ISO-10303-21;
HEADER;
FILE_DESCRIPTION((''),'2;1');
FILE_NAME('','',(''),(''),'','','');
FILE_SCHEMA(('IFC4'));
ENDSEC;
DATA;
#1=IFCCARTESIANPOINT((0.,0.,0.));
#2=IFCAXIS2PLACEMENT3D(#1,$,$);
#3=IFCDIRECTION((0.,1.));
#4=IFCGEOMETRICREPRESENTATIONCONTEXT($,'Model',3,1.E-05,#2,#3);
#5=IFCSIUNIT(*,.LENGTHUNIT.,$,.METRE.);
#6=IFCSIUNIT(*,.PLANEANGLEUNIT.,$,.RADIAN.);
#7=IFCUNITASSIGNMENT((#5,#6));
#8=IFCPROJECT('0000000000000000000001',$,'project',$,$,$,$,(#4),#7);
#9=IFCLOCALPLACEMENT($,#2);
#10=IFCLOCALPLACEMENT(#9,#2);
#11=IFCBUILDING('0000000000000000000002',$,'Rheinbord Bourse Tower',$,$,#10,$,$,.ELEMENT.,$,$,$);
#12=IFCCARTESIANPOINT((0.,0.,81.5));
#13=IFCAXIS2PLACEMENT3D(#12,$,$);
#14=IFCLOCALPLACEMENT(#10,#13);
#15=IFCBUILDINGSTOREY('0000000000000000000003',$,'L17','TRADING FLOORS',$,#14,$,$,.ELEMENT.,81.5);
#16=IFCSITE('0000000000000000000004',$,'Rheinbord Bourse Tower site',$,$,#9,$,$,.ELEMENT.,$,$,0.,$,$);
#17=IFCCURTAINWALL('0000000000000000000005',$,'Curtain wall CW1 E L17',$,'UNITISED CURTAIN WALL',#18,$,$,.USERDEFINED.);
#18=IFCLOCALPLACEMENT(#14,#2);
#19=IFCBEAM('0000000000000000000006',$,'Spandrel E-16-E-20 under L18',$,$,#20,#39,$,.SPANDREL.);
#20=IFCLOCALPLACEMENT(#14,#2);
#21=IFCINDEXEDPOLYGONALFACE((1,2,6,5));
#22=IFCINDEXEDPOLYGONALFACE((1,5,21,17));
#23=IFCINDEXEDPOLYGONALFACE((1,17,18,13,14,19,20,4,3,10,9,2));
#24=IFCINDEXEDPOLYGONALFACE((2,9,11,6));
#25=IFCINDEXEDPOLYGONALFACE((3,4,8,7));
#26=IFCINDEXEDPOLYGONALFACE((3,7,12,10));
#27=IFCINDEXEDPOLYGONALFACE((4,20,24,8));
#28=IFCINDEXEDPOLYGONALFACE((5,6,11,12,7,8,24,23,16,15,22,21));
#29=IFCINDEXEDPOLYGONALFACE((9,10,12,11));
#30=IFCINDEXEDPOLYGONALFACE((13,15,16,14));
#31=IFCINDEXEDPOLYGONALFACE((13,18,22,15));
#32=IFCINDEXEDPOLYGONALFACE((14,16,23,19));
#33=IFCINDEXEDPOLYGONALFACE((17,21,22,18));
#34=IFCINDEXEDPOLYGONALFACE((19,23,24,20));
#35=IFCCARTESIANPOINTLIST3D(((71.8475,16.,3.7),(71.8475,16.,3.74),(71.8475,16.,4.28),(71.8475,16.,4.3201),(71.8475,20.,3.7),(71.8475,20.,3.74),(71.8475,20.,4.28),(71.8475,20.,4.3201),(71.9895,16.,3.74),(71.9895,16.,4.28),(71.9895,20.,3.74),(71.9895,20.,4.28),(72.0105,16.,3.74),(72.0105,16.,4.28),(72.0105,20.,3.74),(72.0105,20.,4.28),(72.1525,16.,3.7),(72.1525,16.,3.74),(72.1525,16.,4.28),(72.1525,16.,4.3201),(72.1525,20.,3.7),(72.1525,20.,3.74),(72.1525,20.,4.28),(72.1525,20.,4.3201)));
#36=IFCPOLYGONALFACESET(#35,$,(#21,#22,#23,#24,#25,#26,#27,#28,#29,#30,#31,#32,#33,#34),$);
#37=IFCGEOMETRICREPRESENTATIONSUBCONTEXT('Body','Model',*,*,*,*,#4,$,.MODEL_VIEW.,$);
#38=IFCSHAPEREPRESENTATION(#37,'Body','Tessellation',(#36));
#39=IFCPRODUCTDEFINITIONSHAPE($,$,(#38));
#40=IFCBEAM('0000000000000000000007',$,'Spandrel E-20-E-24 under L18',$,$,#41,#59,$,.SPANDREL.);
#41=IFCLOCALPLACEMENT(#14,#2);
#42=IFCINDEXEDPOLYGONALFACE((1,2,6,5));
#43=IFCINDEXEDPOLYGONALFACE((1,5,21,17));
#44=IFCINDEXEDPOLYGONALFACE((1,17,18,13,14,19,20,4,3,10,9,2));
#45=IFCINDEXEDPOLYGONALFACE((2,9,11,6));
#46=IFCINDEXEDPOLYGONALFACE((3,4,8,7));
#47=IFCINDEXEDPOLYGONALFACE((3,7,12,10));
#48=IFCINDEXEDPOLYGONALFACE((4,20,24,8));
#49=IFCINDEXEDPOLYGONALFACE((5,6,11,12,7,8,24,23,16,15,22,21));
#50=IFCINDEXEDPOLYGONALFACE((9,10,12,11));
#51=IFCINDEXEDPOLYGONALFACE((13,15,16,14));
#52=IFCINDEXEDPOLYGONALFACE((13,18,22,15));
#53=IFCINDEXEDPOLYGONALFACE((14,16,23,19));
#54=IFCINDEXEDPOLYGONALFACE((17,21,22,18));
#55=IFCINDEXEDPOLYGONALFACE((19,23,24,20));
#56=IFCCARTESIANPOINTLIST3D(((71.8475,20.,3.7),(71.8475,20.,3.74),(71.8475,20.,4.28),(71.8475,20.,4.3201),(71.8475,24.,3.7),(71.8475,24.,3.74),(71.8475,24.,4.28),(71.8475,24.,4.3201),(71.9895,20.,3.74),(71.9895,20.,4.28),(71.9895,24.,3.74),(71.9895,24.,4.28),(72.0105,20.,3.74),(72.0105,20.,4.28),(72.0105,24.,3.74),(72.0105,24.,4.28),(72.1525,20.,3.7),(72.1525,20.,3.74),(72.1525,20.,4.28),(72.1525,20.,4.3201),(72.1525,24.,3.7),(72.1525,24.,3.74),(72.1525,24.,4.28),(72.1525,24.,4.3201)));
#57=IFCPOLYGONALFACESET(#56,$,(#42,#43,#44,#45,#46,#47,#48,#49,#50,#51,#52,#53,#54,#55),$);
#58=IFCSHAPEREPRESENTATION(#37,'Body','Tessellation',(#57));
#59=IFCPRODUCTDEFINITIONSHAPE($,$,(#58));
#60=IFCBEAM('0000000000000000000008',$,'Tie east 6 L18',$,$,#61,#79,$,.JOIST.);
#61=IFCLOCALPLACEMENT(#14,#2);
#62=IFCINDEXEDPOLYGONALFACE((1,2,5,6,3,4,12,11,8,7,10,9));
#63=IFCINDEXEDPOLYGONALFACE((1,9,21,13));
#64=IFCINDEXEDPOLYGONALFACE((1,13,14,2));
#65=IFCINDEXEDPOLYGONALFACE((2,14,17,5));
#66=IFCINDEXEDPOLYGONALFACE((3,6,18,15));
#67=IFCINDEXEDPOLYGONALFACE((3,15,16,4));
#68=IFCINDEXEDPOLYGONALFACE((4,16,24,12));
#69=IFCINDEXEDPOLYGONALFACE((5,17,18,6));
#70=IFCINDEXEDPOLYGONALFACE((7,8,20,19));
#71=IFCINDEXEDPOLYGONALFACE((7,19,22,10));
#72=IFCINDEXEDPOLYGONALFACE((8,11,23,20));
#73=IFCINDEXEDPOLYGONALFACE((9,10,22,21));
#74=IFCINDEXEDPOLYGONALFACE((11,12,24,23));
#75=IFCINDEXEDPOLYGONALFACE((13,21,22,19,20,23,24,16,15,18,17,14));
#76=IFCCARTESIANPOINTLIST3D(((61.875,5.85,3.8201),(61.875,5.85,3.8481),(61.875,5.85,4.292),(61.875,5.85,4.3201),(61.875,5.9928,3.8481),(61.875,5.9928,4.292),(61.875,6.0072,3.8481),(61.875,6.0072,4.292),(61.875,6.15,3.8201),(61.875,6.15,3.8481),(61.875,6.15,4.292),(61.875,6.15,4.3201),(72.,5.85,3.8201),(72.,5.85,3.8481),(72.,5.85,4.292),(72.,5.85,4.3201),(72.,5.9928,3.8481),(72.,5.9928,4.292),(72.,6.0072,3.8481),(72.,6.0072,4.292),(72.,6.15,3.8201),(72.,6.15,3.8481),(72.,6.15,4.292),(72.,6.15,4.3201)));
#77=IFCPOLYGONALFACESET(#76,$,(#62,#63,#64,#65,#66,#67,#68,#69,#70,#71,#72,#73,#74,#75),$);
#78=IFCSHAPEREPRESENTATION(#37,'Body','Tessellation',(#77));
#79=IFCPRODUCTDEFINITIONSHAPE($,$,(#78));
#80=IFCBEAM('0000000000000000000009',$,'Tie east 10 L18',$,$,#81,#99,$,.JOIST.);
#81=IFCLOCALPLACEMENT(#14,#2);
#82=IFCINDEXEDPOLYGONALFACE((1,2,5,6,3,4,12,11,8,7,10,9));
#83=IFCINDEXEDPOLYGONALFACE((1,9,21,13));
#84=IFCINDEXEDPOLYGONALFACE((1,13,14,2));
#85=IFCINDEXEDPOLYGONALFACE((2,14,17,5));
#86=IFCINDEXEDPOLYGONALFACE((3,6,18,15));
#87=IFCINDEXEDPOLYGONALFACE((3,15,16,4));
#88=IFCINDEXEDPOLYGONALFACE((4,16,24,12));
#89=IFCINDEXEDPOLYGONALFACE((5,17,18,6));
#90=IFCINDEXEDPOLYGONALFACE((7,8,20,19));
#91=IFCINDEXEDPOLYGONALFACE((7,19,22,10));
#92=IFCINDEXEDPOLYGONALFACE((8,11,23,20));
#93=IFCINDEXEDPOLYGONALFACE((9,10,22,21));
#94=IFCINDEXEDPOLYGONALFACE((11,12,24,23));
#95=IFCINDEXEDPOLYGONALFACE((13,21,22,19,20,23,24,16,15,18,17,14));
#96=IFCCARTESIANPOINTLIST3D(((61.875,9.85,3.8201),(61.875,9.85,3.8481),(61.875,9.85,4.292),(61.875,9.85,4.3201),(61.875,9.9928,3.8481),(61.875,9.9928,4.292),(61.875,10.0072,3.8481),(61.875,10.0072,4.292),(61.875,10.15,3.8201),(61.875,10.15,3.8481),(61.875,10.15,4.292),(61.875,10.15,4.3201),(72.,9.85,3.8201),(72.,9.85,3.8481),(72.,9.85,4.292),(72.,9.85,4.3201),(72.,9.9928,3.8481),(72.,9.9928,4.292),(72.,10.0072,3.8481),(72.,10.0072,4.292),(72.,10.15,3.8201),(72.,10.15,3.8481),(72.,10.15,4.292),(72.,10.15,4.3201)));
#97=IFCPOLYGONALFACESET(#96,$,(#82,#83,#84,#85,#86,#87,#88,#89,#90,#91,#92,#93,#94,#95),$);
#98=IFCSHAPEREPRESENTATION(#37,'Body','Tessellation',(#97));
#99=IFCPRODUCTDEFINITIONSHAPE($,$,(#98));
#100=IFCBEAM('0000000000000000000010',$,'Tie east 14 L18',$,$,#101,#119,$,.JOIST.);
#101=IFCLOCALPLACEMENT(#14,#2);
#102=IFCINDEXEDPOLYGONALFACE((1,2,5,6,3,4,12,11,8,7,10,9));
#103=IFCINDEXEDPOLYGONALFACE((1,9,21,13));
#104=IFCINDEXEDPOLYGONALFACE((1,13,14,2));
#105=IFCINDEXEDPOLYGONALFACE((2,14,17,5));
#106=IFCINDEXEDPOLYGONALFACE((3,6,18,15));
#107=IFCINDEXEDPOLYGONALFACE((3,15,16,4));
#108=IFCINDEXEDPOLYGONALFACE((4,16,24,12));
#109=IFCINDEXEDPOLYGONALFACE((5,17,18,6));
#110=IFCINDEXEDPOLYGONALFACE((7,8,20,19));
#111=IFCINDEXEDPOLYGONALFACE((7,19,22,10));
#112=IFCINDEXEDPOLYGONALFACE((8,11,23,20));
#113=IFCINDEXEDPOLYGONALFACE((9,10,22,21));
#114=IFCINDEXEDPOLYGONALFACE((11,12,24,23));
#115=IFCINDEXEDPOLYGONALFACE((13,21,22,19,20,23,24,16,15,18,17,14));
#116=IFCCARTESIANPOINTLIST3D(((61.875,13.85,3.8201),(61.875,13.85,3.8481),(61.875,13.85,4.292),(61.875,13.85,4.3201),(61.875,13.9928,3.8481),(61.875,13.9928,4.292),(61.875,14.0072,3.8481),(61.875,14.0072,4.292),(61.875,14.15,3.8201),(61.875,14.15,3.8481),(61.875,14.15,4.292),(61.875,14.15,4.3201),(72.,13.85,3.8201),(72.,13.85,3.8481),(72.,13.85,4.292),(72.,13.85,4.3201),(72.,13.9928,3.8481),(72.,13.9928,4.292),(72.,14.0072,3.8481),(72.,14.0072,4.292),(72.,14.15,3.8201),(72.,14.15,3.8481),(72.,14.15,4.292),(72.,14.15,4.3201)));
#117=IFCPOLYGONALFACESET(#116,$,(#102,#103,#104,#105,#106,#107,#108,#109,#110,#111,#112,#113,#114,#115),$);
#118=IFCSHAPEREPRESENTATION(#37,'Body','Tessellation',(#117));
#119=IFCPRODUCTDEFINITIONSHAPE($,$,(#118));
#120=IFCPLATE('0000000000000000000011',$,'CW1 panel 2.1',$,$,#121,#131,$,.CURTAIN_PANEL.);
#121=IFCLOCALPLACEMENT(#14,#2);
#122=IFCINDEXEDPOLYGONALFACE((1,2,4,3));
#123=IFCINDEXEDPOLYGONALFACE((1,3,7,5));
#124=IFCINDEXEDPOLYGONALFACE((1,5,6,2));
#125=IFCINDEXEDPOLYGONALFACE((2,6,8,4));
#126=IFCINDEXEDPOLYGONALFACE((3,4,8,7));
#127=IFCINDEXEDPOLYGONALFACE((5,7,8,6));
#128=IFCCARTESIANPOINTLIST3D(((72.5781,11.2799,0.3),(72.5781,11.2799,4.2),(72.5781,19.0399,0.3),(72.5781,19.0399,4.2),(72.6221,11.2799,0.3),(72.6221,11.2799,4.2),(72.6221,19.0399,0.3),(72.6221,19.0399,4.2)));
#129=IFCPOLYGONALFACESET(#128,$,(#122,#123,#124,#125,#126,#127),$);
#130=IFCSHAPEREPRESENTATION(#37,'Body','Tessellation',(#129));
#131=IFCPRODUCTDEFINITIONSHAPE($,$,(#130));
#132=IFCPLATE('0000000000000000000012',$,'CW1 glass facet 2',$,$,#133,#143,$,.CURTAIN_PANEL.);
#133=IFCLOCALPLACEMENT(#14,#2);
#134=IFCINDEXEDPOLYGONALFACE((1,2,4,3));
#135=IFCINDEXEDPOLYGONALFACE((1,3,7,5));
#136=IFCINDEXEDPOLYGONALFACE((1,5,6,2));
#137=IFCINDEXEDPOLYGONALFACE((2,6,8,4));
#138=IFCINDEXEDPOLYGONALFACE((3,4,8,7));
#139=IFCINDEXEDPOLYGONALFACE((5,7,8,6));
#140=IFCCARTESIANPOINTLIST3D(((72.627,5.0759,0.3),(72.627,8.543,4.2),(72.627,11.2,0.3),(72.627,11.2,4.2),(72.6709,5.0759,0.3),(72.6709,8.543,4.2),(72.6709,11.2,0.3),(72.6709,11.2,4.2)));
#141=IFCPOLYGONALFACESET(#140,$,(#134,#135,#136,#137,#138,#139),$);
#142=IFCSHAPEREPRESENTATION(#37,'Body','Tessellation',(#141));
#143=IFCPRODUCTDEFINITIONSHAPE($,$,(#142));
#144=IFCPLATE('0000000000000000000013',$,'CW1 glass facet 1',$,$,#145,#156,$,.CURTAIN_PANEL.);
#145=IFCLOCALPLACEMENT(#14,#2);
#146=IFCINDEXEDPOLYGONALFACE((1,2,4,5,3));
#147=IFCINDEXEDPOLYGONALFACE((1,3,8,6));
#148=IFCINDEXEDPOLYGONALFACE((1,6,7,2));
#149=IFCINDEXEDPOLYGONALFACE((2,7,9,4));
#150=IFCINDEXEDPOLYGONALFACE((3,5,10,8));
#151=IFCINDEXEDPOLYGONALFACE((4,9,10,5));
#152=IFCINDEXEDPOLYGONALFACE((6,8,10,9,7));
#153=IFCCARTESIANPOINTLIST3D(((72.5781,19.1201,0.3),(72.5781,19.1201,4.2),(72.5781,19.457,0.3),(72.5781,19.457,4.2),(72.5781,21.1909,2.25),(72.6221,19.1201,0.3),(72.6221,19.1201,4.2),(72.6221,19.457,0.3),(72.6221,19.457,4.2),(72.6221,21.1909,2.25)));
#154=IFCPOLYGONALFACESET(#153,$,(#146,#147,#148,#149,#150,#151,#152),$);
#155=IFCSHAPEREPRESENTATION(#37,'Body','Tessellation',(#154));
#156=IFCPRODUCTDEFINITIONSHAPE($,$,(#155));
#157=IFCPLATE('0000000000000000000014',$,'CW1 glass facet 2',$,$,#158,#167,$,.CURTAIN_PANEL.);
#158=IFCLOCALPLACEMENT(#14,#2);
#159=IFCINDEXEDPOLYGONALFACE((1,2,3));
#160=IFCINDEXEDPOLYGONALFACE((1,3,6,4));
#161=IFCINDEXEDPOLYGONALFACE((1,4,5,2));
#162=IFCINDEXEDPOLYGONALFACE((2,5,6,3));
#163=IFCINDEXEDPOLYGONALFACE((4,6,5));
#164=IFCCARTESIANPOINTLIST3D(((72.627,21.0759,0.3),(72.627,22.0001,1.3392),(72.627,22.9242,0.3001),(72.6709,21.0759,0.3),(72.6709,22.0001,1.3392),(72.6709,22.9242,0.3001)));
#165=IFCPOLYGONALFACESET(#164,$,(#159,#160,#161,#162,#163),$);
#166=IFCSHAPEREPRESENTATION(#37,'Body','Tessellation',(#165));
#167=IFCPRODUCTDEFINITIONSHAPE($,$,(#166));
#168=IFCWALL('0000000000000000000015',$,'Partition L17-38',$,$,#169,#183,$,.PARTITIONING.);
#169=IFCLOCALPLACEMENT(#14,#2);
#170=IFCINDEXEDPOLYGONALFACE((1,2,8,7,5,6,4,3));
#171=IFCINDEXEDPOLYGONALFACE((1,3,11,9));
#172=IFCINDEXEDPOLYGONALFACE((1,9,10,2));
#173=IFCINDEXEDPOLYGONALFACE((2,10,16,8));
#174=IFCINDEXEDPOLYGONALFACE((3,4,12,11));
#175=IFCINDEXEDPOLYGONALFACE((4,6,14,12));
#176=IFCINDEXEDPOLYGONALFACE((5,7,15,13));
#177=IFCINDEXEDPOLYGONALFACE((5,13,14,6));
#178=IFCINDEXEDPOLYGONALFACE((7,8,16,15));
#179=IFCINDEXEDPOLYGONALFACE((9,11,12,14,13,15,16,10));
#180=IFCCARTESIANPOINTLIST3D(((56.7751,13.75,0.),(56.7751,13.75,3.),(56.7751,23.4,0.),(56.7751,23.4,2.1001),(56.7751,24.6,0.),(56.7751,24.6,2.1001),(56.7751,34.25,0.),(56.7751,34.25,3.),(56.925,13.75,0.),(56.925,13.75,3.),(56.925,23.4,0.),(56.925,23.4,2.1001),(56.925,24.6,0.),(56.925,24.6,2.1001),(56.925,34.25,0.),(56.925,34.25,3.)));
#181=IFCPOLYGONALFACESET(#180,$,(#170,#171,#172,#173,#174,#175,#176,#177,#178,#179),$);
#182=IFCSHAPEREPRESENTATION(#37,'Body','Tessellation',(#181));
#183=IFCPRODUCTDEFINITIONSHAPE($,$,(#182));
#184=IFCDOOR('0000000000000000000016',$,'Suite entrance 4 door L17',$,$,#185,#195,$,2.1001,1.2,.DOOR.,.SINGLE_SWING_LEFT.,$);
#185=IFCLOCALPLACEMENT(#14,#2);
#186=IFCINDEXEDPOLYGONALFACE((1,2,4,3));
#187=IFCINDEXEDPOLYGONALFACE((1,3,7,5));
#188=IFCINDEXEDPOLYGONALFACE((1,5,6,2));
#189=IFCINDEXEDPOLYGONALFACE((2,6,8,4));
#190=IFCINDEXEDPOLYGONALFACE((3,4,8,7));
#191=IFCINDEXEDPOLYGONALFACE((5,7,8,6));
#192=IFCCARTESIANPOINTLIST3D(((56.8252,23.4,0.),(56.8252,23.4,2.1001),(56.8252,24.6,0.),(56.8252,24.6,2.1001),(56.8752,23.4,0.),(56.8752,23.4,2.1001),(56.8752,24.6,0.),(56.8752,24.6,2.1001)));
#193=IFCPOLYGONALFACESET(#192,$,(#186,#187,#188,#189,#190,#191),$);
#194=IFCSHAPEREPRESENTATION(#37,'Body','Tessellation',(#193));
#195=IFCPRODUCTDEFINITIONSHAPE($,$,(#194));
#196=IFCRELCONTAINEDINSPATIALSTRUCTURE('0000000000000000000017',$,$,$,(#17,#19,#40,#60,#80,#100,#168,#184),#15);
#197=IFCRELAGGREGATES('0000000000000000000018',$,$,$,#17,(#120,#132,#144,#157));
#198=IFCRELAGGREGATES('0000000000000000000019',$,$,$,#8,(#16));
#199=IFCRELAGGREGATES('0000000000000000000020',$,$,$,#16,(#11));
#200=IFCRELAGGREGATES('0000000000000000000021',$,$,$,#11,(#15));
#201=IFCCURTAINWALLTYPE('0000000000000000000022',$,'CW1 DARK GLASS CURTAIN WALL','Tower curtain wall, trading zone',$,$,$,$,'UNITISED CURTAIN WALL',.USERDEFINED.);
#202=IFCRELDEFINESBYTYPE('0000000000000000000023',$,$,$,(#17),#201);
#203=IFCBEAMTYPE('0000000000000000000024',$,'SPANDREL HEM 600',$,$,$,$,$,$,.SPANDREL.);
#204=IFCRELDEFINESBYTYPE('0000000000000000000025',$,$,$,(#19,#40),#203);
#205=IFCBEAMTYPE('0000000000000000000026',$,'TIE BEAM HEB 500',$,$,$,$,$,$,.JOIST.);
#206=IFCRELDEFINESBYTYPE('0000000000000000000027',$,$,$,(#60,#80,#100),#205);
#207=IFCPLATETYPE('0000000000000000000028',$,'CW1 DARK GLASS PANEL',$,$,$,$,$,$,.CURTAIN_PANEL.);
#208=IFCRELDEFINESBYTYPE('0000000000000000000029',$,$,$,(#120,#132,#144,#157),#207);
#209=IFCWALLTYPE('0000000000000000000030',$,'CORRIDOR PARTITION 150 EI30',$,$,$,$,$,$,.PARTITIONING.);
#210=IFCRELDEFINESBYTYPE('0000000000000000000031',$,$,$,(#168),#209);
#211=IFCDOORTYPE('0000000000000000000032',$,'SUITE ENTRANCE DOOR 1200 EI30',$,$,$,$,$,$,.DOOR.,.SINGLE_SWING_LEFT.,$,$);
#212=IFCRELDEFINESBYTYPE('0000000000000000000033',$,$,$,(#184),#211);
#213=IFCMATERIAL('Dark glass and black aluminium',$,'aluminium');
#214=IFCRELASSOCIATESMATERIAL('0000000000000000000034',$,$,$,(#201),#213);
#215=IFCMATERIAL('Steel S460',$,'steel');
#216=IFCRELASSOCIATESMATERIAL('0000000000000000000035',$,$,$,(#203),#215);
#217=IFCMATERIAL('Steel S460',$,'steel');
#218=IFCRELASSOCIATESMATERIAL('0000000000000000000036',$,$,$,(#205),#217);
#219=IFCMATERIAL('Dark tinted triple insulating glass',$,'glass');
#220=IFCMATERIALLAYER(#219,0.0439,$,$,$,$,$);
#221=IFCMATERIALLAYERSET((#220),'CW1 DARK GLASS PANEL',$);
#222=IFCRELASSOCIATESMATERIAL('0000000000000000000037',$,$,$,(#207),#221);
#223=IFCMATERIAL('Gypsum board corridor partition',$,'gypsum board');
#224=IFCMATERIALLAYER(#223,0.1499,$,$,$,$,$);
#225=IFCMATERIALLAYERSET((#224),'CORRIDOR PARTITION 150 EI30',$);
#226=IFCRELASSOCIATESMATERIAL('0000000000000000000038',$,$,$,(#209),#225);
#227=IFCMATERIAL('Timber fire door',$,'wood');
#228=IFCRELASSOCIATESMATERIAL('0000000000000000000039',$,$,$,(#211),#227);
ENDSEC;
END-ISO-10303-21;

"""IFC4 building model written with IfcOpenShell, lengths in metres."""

from ifc_helpers import new_model, si_unit, direction, frame, frame_2d, origin, origin_2d, place, context, subcontext, project, spatial, polyline, rectangle, i_section, outline, extrude, material, layer, layer_set, material_profile, profile_set, type_object, element, fill, aggregate, save


model = new_model("IFC4")

# Units and contexts
model_context = context("Model", 3, precision=1e-05, world=origin(), true_north=direction((0.0, 1.0)))
body_context = subcontext(model_context, "Body", "Model", "MODEL_VIEW")
ifc_project = project(units=[si_unit("LENGTHUNIT", "METRE"), si_unit("PLANEANGLEUNIT", "RADIAN")], contexts=[model_context])

# Site, building, storey
site_placement = place(None, origin())
site = spatial("IfcSite", under=ifc_project, at=site_placement, Name="Rheinbord Bourse Tower site", CompositionType="ELEMENT", RefElevation=0.0)
building_placement = place(site_placement, origin())
building = spatial("IfcBuilding", under=site, at=building_placement, Name="Rheinbord Bourse Tower", CompositionType="ELEMENT")
storey_placement = place(building_placement, frame((0.0, 0.0, 81.5)))
storey = spatial("IfcBuildingStorey", under=building, at=storey_placement, Name="L17", Description="TRADING FLOORS", CompositionType="ELEMENT", Elevation=81.5)

# Curtain wall
ifc_material_1 = material(Name="Dark glass and black aluminium", Category="aluminium")
curtain_wall_type = type_object("IfcCurtainWallType", Name="CW1 DARK GLASS CURTAIN WALL", Description="Tower curtain wall, trading zone", ElementType="UNITISED CURTAIN WALL", PredefinedType="USERDEFINED", material=ifc_material_1)
curtain_wall_placement = place(storey_placement, origin())
curtain_wall = element("IfcCurtainWall", 1, at=curtain_wall_placement, inside=storey, type_object=curtain_wall_type, Name="Curtain wall CW1 E L17", ObjectType="UNITISED CURTAIN WALL", PredefinedType="USERDEFINED")

# Beams
ifc_material_2 = material(Name="Steel S460", Category="steel")
ifc_material_profile_1 = material_profile(ifc_material_2, i_section(OverallWidth=0.3049, OverallDepth=0.6201, WebThickness=0.021, FlangeThickness=0.04, at=origin_2d()), Name="HEM 600")
ifc_profile_set_1 = profile_set([ifc_material_profile_1], Name="Steel S460")
beam_type_1 = type_object("IfcBeamType", Name="SPANDREL HEM 600", PredefinedType="SPANDREL", material=ifc_profile_set_1)
for number, where, z_axis, x_axis, name in (
    (2, (72.0, 16.0, 4.01), (0.0, 1.0, 0.0), (-1.0, 0.0, 0.0), "Spandrel E-16-E-20 under L18"),
    (3, (72.0, 20.0, 4.01), (0.0, 1.0, 0.0), (-1.0, 0.0, 0.0), "Spandrel E-20-E-24 under L18"),
):
    element("IfcBeam", number, at=place(storey_placement, frame(where, z_axis=z_axis, x_axis=x_axis)), inside=storey, type_object=beam_type_1, Name=name, PredefinedType="SPANDREL", context=body_context, shape_type="SweptSolid", body=[
        extrude(i_section(OverallWidth=0.3049, OverallDepth=0.6201, WebThickness=0.021, FlangeThickness=0.04, at=origin_2d()), origin(), (0.0, 0.0, 1.0), 4.0),
    ])
ifc_material_3 = material(Name="Steel S460", Category="steel")
ifc_material_profile_2 = material_profile(ifc_material_3, i_section(OverallWidth=0.3, OverallDepth=0.5, WebThickness=0.0144, FlangeThickness=0.0281, at=origin_2d()), Name="HEB 500")
ifc_profile_set_2 = profile_set([ifc_material_profile_2], Name="Steel S460")
beam_type_2 = type_object("IfcBeamType", Name="TIE BEAM HEB 500", PredefinedType="JOIST", material=ifc_profile_set_2)
for number, where, z_axis, x_axis, name in (
    (4, (61.875, 6.0, 4.0701), (1.0, 0.0, 0.0), (0.0, 1.0, 0.0), "Tie east 6 L18"),
    (5, (61.875, 10.0, 4.0701), (1.0, 0.0, 0.0), (0.0, 1.0, 0.0), "Tie east 10 L18"),
    (6, (61.875, 14.0, 4.0701), (1.0, 0.0, 0.0), (0.0, 1.0, 0.0), "Tie east 14 L18"),
):
    element("IfcBeam", number, at=place(storey_placement, frame(where, z_axis=z_axis, x_axis=x_axis)), inside=storey, type_object=beam_type_2, Name=name, PredefinedType="JOIST", context=body_context, shape_type="SweptSolid", body=[
        extrude(i_section(OverallWidth=0.3, OverallDepth=0.5, WebThickness=0.0144, FlangeThickness=0.0281, at=origin_2d()), origin(), (0.0, 0.0, 1.0), 10.125),
    ])

# Plates
ifc_material_4 = material(Name="Dark tinted triple insulating glass", Category="glass")
ifc_layer_1 = layer(ifc_material_4, 0.0439)
ifc_layer_set_1 = layer_set([ifc_layer_1], Name="CW1 DARK GLASS PANEL")
plate_type = type_object("IfcPlateType", Name="CW1 DARK GLASS PANEL", PredefinedType="CURTAIN_PANEL", material=ifc_layer_set_1)
plate_1_placement = place(storey_placement, frame((72.6001, 15.1599, 0.3), z_axis=(0.0, 0.0, 1.0), x_axis=(0.0, 1.0, 0.0)))
plate_1 = element("IfcPlate", 7, at=plate_1_placement, type_object=plate_type, Name="CW1 panel 2.1", PredefinedType="CURTAIN_PANEL", context=body_context, shape_type="SweptSolid", body=[
    extrude(rectangle(XDim=7.76, YDim=0.0439, at=origin_2d()), origin(), (0.0, 0.0, 1.0), 3.8999),
])
plate_2_placement = place(storey_placement, frame((72.6709, 11.2, 4.2), z_axis=(-1.0, 0.0, 0.0), x_axis=(0.0, 0.0, -1.0)))
plate_2 = element("IfcPlate", 8, at=plate_2_placement, type_object=plate_type, Name="CW1 glass facet 2", PredefinedType="CURTAIN_PANEL", context=body_context, shape_type="SweptSolid", body=[
    extrude(outline(polyline([(0.0, 0.0), (3.8999, 0.0), (3.8999, 6.124), (0.0, 2.657), (0.0, 0.0)])), origin(), (0.0, 0.0, 1.0), 0.0439),
])
plate_3_placement = place(storey_placement, frame((72.6221, 19.1201, 0.3), z_axis=(-1.0, 0.0, 0.0), x_axis=(0.0, 0.0, 1.0)))
plate_3 = element("IfcPlate", 9, at=plate_3_placement, type_object=plate_type, Name="CW1 glass facet 1", PredefinedType="CURTAIN_PANEL", context=body_context, shape_type="SweptSolid", body=[
    extrude(outline(polyline([(0.0, 0.0), (3.8999, 0.0), (3.8999, 0.3369), (1.95, 2.0708), (0.0, 0.3369), (0.0, 0.0)])), origin(), (0.0, 0.0, 1.0), 0.0439),
])
plate_4_placement = place(storey_placement, frame((72.6709, 21.0759, 0.3), z_axis=(-1.0, 0.0, 0.0), x_axis=(0.0, 0.664549, 0.747245)))
plate_4 = element("IfcPlate", 10, at=plate_4_placement, type_object=plate_type, Name="CW1 glass facet 2", PredefinedType="CURTAIN_PANEL", context=body_context, shape_type="SweptSolid", body=[
    extrude(outline(polyline([(0.0, 0.0), (1.3906, 0.0), (1.2283, 1.3811), (0.0, 0.0)])), origin(), (0.0, 0.0, 1.0), 0.0439),
])
aggregate(curtain_wall, [plate_1, plate_2, plate_3, plate_4])

# Wall, opening, door
ifc_material_5 = material(Name="Gypsum board corridor partition", Category="gypsum board")
ifc_layer_2 = layer(ifc_material_5, 0.1499)
ifc_layer_set_2 = layer_set([ifc_layer_2], Name="CORRIDOR PARTITION 150 EI30")
wall_type_1 = type_object("IfcWallType", Name="CORRIDOR PARTITION 150 EI30", PredefinedType="PARTITIONING", material=ifc_layer_set_2)
wall_1_placement = place(storey_placement, frame((56.8501, 13.75, 0.0), z_axis=(0.0, 0.0, 1.0), x_axis=(0.0, 1.0, 0.0)))
wall_1 = element("IfcWall", 11, at=wall_1_placement, inside=storey, type_object=wall_type_1, Name="Partition L17-38", PredefinedType="PARTITIONING", context=body_context, shape_type="SweptSolid", body=[
    extrude(rectangle(XDim=20.5, YDim=0.1499, at=frame_2d((10.25, 0.0))), origin(), (0.0, 0.0, 1.0), 3.0),
])
opening_1_placement = place(wall_1_placement, frame((9.6499, 0.0, 0.0)))
opening_1 = element("IfcOpeningElement", 12, at=opening_1_placement, cuts=wall_1, PredefinedType="OPENING", context=body_context, shape_type="SweptSolid", body=[
    extrude(rectangle(XDim=1.2, YDim=2.1001, at=frame_2d((0.6001, 1.05))), frame((0.0, 0.085, 0.0), z_axis=(0.0, -1.0, 0.0), x_axis=(1.0, 0.0, 0.0)), (0.0, 0.0, 1.0), 0.1699),
])
ifc_material_6 = material(Name="Timber fire door", Category="wood")
door_type_1 = type_object("IfcDoorType", Name="SUITE ENTRANCE DOOR 1200 EI30", OperationType="SINGLE_SWING_LEFT", PredefinedType="DOOR", material=ifc_material_6)
door_1_placement = place(opening_1_placement, origin())
door_1 = element("IfcDoor", 13, at=door_1_placement, inside=storey, type_object=door_type_1, Name="Suite entrance 4 door L17", OperationType="SINGLE_SWING_LEFT", OverallHeight=2.1001, OverallWidth=1.2, PredefinedType="DOOR", context=body_context, shape_type="SweptSolid", body=[
    extrude(rectangle(XDim=1.2, YDim=2.1001, at=frame_2d((0.6001, 1.05))), frame((0.0, 0.0249, 0.0), z_axis=(0.0, -1.0, 0.0), x_axis=(1.0, 0.0, 0.0)), (0.0, 0.0, 1.0), 0.05),
])
fill(opening_1, door_1)

save(model, "model.ifc")
